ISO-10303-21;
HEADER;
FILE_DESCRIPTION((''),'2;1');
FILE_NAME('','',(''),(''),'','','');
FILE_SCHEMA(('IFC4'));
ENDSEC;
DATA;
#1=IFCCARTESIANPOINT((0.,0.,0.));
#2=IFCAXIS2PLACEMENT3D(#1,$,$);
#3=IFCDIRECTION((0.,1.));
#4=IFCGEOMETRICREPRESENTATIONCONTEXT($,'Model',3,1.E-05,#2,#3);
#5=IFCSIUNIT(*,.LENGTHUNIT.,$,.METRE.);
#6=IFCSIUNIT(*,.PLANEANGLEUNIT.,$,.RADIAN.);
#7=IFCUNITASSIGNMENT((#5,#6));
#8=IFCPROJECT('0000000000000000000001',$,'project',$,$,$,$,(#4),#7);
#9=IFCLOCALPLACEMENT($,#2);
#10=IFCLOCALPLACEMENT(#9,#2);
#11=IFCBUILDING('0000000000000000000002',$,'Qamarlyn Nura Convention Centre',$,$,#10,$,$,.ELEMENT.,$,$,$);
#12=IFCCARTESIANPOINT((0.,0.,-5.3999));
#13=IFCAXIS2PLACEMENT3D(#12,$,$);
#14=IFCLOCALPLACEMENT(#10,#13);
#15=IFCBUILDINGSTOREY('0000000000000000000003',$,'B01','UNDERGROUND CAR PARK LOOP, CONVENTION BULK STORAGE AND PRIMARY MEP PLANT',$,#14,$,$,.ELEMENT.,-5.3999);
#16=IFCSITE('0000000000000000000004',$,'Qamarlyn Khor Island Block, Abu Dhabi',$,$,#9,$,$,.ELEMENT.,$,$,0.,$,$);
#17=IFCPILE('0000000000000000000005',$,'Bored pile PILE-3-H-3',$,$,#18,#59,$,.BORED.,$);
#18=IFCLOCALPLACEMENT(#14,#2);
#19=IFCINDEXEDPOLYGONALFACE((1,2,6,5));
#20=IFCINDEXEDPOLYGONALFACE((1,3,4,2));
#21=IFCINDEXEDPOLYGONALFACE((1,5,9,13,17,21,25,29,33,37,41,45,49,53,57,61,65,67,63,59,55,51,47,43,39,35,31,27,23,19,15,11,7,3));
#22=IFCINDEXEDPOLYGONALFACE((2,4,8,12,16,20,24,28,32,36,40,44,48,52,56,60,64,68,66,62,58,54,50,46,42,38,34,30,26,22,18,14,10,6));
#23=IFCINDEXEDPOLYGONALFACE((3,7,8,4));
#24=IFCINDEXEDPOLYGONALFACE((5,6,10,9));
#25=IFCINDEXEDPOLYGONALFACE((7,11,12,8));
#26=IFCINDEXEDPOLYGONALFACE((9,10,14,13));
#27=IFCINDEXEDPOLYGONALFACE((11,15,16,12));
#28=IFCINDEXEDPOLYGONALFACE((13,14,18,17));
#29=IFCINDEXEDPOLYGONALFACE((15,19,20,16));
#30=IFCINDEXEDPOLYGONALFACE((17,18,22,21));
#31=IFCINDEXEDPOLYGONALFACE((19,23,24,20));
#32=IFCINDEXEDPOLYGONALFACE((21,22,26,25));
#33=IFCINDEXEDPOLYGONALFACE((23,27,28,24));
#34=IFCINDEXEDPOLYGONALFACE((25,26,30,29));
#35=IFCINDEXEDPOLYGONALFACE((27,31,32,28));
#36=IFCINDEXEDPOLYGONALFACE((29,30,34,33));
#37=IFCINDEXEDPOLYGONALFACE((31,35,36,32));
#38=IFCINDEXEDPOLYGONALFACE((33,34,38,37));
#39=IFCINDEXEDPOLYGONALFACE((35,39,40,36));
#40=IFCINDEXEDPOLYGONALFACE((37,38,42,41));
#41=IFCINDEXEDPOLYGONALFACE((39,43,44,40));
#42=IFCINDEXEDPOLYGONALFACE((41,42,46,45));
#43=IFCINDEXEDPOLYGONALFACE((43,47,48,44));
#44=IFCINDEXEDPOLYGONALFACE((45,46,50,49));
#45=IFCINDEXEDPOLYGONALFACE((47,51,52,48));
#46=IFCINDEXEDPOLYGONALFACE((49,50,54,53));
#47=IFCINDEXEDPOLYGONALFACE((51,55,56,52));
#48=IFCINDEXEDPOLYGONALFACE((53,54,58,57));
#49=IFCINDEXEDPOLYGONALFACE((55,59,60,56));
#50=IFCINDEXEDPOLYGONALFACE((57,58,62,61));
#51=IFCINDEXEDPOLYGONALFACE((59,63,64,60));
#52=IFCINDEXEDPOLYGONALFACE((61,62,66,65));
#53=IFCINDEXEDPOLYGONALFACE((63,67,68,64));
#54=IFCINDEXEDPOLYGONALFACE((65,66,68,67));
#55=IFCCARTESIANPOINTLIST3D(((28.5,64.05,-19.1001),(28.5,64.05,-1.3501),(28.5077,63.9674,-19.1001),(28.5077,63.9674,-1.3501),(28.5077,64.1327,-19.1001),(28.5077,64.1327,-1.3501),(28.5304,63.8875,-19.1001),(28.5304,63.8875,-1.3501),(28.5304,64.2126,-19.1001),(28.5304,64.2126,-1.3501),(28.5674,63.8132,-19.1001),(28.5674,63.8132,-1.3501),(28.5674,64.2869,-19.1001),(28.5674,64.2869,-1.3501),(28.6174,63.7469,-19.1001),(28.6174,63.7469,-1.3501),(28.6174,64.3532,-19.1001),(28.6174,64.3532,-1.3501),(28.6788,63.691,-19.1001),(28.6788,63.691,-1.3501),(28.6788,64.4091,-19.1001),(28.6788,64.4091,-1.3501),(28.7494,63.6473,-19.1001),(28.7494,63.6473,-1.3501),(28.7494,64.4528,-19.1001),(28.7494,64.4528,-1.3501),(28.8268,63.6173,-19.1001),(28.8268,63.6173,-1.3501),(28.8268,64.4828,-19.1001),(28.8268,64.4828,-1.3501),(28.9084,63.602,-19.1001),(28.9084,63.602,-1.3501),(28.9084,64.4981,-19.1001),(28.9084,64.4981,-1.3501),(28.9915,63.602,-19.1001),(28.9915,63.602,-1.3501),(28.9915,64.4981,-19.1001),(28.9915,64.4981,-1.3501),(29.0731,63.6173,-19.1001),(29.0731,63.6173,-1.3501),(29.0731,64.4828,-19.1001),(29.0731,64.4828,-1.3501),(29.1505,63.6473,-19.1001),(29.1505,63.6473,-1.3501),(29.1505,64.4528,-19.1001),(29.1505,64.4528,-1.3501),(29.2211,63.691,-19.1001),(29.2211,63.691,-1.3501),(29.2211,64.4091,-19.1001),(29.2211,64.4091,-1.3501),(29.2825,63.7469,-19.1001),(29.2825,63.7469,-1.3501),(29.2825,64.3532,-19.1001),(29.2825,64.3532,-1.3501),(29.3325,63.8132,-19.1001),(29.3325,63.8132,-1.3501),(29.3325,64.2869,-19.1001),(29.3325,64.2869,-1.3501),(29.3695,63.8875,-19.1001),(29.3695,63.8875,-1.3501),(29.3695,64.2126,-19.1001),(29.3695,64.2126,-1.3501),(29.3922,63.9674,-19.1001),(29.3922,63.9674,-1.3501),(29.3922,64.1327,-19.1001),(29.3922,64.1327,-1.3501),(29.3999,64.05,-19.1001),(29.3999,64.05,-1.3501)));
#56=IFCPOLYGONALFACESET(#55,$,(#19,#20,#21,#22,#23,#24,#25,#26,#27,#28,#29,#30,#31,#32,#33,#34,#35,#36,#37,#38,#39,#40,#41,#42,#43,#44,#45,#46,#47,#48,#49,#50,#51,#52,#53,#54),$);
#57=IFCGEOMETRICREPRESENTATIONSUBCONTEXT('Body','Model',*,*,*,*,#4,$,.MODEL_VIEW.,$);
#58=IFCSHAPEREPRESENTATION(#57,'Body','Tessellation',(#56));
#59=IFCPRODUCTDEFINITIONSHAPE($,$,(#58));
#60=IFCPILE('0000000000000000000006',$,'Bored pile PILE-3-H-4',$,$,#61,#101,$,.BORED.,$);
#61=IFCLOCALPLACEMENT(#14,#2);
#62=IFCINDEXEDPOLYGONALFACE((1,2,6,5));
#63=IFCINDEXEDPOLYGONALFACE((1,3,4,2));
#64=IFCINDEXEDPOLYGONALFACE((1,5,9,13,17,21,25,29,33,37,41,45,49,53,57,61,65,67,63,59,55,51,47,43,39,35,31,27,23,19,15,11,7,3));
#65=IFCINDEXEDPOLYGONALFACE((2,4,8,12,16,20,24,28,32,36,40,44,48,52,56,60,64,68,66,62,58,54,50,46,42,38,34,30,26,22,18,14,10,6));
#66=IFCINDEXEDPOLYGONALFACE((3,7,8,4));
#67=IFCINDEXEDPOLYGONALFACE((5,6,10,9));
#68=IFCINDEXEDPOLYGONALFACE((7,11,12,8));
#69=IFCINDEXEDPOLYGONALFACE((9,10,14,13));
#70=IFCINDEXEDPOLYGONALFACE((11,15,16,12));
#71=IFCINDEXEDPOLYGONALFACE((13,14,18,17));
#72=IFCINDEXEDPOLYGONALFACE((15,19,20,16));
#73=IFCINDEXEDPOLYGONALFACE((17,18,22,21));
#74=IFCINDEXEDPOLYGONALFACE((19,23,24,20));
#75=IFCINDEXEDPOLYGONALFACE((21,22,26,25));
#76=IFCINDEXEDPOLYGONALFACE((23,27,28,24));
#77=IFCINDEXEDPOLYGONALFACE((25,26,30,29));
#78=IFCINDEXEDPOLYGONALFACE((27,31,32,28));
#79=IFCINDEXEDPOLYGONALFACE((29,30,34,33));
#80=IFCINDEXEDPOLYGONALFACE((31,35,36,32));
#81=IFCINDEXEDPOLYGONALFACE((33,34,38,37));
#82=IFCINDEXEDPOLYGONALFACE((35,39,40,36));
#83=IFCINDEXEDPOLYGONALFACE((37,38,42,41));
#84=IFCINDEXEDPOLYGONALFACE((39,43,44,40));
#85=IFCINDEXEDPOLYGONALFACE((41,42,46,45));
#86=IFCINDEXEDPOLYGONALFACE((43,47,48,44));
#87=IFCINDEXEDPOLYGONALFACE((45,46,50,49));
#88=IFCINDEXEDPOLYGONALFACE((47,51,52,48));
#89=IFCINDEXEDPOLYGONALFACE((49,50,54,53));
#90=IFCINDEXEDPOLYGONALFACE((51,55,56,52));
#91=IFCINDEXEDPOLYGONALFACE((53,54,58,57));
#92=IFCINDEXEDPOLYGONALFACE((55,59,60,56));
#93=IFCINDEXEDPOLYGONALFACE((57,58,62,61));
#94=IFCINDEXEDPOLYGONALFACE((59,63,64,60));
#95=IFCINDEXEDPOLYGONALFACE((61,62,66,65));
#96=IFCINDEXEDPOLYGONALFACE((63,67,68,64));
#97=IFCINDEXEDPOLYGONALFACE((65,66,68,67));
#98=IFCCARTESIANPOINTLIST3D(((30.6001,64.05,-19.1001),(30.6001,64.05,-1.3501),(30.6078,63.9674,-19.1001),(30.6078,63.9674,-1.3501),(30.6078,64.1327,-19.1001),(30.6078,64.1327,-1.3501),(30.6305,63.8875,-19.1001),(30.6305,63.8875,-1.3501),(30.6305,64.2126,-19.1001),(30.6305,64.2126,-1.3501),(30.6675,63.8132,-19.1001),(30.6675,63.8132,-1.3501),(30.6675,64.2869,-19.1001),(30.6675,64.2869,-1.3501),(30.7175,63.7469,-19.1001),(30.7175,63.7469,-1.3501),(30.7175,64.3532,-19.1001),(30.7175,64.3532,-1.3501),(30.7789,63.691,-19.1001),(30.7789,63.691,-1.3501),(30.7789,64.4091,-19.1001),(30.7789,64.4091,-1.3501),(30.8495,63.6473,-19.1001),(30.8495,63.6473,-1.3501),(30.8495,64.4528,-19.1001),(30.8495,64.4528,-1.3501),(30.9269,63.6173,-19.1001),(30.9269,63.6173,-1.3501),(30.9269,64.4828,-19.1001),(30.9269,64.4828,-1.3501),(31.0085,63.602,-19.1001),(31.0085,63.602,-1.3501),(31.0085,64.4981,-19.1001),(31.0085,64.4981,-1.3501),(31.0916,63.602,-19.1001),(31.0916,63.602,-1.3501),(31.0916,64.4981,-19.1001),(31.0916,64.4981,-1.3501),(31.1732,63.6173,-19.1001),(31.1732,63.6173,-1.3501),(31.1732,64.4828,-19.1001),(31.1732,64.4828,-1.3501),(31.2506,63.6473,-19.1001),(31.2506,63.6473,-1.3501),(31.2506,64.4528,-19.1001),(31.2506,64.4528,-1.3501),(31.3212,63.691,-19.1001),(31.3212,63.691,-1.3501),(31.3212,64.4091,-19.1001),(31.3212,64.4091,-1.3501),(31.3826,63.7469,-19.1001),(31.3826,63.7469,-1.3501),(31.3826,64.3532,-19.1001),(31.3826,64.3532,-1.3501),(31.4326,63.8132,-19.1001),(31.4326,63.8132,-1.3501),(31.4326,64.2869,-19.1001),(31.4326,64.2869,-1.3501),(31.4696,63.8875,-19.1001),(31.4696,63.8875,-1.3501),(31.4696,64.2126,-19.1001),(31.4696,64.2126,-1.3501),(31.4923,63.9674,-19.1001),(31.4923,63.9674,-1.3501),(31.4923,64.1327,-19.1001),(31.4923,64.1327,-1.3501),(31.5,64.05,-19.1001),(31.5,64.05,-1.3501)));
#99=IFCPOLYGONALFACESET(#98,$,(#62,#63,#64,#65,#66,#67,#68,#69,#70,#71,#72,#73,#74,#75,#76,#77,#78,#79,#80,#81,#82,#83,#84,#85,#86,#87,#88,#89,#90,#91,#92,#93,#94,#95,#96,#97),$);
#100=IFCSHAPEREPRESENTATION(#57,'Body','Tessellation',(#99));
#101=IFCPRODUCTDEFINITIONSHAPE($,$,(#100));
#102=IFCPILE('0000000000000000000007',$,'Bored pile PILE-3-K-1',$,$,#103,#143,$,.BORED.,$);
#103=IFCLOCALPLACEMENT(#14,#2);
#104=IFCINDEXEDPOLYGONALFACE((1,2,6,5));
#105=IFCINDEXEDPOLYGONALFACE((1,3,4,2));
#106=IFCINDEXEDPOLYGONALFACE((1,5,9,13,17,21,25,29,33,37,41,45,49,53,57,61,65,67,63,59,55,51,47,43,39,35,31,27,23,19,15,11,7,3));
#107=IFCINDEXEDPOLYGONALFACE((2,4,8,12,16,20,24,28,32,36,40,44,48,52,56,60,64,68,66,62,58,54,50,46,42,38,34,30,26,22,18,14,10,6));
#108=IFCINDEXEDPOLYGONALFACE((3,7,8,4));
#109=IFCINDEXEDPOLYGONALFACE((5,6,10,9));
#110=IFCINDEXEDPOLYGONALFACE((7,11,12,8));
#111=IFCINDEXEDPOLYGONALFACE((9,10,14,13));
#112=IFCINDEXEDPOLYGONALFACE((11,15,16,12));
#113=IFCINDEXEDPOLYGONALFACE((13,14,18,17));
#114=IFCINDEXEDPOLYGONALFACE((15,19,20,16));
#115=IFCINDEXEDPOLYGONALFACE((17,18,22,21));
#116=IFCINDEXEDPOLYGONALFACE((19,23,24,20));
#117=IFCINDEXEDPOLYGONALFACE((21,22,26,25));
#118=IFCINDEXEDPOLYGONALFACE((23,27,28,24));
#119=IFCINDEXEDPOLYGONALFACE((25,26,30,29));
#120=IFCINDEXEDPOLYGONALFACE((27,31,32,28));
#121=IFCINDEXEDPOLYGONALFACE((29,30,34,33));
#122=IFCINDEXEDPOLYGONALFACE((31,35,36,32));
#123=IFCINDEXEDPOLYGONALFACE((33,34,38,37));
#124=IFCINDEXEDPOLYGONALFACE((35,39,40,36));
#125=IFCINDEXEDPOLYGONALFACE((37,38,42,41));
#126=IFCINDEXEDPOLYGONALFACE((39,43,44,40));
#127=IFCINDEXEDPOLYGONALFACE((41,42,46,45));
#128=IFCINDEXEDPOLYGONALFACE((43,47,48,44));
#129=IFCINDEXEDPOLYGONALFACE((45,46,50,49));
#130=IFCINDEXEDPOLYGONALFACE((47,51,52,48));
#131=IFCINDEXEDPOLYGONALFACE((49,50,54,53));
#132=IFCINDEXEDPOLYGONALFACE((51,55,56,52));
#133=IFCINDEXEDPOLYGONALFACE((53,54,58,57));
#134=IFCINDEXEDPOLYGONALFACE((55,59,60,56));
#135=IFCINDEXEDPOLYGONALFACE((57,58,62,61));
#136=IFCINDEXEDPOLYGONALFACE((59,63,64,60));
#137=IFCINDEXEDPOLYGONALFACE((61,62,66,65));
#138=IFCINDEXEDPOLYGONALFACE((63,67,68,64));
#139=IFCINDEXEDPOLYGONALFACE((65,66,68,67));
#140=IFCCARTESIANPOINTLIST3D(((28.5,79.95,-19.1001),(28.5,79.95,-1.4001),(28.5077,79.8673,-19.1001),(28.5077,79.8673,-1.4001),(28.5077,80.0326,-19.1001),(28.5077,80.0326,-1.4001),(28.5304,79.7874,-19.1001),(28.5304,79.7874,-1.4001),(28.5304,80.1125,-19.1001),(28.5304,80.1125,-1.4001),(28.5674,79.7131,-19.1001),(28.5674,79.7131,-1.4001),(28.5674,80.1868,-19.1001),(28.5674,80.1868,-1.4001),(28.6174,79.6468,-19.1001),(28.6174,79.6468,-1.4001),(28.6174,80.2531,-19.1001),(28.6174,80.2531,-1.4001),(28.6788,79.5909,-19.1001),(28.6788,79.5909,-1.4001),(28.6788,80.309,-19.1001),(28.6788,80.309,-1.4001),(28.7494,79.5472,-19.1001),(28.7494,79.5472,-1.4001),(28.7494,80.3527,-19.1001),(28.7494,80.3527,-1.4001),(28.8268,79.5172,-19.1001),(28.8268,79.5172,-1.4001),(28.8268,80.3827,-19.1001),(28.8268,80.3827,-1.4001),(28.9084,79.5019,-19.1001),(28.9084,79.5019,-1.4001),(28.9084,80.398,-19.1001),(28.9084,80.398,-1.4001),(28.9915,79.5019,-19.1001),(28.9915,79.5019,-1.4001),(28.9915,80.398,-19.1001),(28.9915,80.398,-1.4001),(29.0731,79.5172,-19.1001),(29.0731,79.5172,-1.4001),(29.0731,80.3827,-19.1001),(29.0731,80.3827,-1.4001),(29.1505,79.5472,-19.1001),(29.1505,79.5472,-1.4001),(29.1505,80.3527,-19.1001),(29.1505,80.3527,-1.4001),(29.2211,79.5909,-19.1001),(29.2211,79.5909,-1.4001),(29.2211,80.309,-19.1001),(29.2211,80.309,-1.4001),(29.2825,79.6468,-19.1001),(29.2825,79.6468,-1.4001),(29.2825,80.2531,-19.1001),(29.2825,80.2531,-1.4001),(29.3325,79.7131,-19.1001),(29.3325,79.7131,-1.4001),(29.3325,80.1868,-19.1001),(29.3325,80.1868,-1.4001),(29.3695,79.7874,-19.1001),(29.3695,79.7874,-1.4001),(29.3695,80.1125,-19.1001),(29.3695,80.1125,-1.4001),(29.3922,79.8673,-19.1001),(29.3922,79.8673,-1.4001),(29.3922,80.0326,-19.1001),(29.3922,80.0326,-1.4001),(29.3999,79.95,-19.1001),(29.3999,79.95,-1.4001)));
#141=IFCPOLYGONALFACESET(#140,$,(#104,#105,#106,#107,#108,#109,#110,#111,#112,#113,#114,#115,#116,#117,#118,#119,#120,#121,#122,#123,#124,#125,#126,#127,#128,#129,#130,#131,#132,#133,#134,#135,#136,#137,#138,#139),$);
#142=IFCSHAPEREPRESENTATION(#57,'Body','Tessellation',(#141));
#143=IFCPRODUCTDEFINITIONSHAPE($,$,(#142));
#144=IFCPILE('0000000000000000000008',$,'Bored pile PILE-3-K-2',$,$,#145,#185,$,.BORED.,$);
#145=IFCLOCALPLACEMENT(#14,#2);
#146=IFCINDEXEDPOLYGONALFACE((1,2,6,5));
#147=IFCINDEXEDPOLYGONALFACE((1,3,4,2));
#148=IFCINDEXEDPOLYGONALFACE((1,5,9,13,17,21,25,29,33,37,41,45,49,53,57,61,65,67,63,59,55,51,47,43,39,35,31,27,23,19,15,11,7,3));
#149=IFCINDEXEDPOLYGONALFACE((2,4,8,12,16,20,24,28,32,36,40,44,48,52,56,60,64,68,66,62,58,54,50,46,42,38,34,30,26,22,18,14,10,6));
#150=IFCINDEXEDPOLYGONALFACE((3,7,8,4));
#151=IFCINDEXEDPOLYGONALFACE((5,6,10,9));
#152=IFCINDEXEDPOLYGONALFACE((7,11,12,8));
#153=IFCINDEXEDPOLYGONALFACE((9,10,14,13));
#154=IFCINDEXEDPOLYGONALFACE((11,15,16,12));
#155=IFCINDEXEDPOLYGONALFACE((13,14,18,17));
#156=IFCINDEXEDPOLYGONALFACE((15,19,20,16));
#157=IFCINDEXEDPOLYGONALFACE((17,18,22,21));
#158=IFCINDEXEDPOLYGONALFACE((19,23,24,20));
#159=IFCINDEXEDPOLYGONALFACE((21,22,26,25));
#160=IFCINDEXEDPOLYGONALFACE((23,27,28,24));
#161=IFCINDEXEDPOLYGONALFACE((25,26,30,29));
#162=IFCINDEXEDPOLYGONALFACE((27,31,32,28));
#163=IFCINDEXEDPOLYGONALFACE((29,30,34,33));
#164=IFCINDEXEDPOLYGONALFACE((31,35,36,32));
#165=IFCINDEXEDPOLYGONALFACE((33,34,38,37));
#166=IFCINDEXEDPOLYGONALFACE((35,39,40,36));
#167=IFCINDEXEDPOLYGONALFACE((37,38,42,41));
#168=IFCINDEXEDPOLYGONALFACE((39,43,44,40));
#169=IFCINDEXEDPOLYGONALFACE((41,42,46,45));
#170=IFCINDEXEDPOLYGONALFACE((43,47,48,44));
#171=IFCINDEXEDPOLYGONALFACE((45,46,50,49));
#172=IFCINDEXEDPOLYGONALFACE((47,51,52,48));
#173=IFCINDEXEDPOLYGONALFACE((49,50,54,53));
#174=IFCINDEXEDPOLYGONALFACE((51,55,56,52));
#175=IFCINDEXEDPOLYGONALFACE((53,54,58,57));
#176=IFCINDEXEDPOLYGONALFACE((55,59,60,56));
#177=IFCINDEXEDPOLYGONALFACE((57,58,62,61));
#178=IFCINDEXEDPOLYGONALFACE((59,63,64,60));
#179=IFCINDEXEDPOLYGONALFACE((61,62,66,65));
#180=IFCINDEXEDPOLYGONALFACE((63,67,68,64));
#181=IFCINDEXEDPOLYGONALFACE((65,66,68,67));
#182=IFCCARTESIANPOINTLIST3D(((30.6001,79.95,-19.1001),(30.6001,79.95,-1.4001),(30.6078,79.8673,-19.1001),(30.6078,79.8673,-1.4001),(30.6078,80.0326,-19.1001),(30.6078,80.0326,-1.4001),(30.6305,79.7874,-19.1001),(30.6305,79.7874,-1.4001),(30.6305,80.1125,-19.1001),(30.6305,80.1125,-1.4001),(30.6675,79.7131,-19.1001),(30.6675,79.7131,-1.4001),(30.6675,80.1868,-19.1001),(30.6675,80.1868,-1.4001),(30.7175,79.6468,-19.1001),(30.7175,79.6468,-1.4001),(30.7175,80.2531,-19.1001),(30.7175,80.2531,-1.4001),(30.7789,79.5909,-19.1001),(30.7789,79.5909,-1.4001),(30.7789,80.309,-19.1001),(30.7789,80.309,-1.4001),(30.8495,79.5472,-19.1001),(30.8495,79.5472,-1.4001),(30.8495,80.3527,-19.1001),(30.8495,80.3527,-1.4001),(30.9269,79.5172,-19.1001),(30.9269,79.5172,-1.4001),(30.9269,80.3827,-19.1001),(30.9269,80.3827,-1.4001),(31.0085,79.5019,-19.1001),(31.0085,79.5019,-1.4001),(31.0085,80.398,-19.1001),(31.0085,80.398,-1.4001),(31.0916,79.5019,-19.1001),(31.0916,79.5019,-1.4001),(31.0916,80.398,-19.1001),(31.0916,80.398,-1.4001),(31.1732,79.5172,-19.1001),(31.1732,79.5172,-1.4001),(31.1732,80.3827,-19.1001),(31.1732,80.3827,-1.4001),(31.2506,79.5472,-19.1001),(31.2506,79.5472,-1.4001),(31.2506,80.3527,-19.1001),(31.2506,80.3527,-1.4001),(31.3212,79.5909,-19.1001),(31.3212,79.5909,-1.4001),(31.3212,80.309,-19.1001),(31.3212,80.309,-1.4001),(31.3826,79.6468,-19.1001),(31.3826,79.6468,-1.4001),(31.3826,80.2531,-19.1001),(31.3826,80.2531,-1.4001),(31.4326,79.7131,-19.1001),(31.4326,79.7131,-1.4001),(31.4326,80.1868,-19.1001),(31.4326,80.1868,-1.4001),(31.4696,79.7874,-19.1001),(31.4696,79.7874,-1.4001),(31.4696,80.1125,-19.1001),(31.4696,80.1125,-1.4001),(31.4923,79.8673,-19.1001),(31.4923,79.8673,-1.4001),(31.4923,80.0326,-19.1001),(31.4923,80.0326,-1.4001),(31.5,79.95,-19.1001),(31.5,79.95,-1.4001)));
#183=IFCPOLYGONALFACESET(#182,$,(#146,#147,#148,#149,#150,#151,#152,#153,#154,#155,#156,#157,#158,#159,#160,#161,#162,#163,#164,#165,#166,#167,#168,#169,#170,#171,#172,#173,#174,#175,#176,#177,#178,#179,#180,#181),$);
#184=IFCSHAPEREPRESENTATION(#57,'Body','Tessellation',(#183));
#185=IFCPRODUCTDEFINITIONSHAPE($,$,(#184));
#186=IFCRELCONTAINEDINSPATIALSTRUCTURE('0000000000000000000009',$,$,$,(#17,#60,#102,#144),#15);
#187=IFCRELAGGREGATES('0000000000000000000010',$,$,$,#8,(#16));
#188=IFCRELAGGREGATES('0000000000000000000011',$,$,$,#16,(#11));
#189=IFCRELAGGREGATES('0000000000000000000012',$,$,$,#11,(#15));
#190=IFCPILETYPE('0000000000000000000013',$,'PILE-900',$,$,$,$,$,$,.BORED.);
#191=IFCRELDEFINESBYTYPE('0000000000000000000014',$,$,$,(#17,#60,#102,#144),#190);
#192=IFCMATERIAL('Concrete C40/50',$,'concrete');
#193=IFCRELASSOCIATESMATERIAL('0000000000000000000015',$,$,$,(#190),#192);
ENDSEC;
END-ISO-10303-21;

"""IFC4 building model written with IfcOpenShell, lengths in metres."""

from ifc_helpers import new_model, si_unit, direction, frame, origin, origin_2d, place, context, subcontext, project, spatial, circle, extrude, material, material_profile, profile_set, type_object, element, save


model = new_model("IFC4")

# Units and contexts
model_context = context("Model", 3, precision=1e-05, world=origin(), true_north=direction((0.0, 1.0)))
body_context = subcontext(model_context, "Body", "Model", "MODEL_VIEW")
ifc_project = project(units=[si_unit("LENGTHUNIT", "METRE"), si_unit("PLANEANGLEUNIT", "RADIAN")], contexts=[model_context])

# Site, building, storey
site_placement = place(None, origin())
site = spatial("IfcSite", under=ifc_project, at=site_placement, Name="Qamarlyn Khor Island Block, Abu Dhabi", CompositionType="ELEMENT", RefElevation=0.0)
building_placement = place(site_placement, origin())
building = spatial("IfcBuilding", under=site, at=building_placement, Name="Qamarlyn Nura Convention Centre", CompositionType="ELEMENT")
storey_placement = place(building_placement, frame((0.0, 0.0, -5.3999)))
storey = spatial("IfcBuildingStorey", under=building, at=storey_placement, Name="B01", Description="UNDERGROUND CAR PARK LOOP, CONVENTION BULK STORAGE AND PRIMARY MEP PLANT", CompositionType="ELEMENT", Elevation=-5.3999)

# Shared definitions
ifc_material_1 = material(Name="Concrete C40/50", Category="concrete")

# Piles
ifc_material_profile_1 = material_profile(ifc_material_1, circle(Radius=0.45, at=origin_2d()), Name="BORED PILE 900")
ifc_profile_set_1 = profile_set([ifc_material_profile_1], Name="Concrete C40/50")
pile_type_1 = type_object("IfcPileType", Name="PILE-900", PredefinedType="BORED", material=ifc_profile_set_1)
for number, where, z_axis, x_axis, name in (
    (1, (28.95, 64.05, -1.3501), (0.0, 0.0, -1.0), (1.0, 0.0, 0.0), "Bored pile PILE-3-H-3"),
    (2, (31.05, 64.05, -1.3501), (0.0, 0.0, -1.0), (1.0, 0.0, 0.0), "Bored pile PILE-3-H-4"),
):
    element("IfcPile", number, at=place(storey_placement, frame(where, z_axis=z_axis, x_axis=x_axis)), inside=storey, type_object=pile_type_1, Name=name, PredefinedType="BORED", context=body_context, shape_type="SweptSolid", body=[
        extrude(circle(Radius=0.45, at=origin_2d()), origin(), (0.0, 0.0, 1.0), 17.75),
    ])
for number, where, z_axis, x_axis, name in (
    (3, (28.95, 79.95, -1.4001), (0.0, 0.0, -1.0), (1.0, 0.0, 0.0), "Bored pile PILE-3-K-1"),
    (4, (31.05, 79.95, -1.4001), (0.0, 0.0, -1.0), (1.0, 0.0, 0.0), "Bored pile PILE-3-K-2"),
):
    element("IfcPile", number, at=place(storey_placement, frame(where, z_axis=z_axis, x_axis=x_axis)), inside=storey, type_object=pile_type_1, Name=name, PredefinedType="BORED", context=body_context, shape_type="SweptSolid", body=[
        extrude(circle(Radius=0.45, at=origin_2d()), origin(), (0.0, 0.0, 1.0), 17.7),
    ])

save(model, "model.ifc")
